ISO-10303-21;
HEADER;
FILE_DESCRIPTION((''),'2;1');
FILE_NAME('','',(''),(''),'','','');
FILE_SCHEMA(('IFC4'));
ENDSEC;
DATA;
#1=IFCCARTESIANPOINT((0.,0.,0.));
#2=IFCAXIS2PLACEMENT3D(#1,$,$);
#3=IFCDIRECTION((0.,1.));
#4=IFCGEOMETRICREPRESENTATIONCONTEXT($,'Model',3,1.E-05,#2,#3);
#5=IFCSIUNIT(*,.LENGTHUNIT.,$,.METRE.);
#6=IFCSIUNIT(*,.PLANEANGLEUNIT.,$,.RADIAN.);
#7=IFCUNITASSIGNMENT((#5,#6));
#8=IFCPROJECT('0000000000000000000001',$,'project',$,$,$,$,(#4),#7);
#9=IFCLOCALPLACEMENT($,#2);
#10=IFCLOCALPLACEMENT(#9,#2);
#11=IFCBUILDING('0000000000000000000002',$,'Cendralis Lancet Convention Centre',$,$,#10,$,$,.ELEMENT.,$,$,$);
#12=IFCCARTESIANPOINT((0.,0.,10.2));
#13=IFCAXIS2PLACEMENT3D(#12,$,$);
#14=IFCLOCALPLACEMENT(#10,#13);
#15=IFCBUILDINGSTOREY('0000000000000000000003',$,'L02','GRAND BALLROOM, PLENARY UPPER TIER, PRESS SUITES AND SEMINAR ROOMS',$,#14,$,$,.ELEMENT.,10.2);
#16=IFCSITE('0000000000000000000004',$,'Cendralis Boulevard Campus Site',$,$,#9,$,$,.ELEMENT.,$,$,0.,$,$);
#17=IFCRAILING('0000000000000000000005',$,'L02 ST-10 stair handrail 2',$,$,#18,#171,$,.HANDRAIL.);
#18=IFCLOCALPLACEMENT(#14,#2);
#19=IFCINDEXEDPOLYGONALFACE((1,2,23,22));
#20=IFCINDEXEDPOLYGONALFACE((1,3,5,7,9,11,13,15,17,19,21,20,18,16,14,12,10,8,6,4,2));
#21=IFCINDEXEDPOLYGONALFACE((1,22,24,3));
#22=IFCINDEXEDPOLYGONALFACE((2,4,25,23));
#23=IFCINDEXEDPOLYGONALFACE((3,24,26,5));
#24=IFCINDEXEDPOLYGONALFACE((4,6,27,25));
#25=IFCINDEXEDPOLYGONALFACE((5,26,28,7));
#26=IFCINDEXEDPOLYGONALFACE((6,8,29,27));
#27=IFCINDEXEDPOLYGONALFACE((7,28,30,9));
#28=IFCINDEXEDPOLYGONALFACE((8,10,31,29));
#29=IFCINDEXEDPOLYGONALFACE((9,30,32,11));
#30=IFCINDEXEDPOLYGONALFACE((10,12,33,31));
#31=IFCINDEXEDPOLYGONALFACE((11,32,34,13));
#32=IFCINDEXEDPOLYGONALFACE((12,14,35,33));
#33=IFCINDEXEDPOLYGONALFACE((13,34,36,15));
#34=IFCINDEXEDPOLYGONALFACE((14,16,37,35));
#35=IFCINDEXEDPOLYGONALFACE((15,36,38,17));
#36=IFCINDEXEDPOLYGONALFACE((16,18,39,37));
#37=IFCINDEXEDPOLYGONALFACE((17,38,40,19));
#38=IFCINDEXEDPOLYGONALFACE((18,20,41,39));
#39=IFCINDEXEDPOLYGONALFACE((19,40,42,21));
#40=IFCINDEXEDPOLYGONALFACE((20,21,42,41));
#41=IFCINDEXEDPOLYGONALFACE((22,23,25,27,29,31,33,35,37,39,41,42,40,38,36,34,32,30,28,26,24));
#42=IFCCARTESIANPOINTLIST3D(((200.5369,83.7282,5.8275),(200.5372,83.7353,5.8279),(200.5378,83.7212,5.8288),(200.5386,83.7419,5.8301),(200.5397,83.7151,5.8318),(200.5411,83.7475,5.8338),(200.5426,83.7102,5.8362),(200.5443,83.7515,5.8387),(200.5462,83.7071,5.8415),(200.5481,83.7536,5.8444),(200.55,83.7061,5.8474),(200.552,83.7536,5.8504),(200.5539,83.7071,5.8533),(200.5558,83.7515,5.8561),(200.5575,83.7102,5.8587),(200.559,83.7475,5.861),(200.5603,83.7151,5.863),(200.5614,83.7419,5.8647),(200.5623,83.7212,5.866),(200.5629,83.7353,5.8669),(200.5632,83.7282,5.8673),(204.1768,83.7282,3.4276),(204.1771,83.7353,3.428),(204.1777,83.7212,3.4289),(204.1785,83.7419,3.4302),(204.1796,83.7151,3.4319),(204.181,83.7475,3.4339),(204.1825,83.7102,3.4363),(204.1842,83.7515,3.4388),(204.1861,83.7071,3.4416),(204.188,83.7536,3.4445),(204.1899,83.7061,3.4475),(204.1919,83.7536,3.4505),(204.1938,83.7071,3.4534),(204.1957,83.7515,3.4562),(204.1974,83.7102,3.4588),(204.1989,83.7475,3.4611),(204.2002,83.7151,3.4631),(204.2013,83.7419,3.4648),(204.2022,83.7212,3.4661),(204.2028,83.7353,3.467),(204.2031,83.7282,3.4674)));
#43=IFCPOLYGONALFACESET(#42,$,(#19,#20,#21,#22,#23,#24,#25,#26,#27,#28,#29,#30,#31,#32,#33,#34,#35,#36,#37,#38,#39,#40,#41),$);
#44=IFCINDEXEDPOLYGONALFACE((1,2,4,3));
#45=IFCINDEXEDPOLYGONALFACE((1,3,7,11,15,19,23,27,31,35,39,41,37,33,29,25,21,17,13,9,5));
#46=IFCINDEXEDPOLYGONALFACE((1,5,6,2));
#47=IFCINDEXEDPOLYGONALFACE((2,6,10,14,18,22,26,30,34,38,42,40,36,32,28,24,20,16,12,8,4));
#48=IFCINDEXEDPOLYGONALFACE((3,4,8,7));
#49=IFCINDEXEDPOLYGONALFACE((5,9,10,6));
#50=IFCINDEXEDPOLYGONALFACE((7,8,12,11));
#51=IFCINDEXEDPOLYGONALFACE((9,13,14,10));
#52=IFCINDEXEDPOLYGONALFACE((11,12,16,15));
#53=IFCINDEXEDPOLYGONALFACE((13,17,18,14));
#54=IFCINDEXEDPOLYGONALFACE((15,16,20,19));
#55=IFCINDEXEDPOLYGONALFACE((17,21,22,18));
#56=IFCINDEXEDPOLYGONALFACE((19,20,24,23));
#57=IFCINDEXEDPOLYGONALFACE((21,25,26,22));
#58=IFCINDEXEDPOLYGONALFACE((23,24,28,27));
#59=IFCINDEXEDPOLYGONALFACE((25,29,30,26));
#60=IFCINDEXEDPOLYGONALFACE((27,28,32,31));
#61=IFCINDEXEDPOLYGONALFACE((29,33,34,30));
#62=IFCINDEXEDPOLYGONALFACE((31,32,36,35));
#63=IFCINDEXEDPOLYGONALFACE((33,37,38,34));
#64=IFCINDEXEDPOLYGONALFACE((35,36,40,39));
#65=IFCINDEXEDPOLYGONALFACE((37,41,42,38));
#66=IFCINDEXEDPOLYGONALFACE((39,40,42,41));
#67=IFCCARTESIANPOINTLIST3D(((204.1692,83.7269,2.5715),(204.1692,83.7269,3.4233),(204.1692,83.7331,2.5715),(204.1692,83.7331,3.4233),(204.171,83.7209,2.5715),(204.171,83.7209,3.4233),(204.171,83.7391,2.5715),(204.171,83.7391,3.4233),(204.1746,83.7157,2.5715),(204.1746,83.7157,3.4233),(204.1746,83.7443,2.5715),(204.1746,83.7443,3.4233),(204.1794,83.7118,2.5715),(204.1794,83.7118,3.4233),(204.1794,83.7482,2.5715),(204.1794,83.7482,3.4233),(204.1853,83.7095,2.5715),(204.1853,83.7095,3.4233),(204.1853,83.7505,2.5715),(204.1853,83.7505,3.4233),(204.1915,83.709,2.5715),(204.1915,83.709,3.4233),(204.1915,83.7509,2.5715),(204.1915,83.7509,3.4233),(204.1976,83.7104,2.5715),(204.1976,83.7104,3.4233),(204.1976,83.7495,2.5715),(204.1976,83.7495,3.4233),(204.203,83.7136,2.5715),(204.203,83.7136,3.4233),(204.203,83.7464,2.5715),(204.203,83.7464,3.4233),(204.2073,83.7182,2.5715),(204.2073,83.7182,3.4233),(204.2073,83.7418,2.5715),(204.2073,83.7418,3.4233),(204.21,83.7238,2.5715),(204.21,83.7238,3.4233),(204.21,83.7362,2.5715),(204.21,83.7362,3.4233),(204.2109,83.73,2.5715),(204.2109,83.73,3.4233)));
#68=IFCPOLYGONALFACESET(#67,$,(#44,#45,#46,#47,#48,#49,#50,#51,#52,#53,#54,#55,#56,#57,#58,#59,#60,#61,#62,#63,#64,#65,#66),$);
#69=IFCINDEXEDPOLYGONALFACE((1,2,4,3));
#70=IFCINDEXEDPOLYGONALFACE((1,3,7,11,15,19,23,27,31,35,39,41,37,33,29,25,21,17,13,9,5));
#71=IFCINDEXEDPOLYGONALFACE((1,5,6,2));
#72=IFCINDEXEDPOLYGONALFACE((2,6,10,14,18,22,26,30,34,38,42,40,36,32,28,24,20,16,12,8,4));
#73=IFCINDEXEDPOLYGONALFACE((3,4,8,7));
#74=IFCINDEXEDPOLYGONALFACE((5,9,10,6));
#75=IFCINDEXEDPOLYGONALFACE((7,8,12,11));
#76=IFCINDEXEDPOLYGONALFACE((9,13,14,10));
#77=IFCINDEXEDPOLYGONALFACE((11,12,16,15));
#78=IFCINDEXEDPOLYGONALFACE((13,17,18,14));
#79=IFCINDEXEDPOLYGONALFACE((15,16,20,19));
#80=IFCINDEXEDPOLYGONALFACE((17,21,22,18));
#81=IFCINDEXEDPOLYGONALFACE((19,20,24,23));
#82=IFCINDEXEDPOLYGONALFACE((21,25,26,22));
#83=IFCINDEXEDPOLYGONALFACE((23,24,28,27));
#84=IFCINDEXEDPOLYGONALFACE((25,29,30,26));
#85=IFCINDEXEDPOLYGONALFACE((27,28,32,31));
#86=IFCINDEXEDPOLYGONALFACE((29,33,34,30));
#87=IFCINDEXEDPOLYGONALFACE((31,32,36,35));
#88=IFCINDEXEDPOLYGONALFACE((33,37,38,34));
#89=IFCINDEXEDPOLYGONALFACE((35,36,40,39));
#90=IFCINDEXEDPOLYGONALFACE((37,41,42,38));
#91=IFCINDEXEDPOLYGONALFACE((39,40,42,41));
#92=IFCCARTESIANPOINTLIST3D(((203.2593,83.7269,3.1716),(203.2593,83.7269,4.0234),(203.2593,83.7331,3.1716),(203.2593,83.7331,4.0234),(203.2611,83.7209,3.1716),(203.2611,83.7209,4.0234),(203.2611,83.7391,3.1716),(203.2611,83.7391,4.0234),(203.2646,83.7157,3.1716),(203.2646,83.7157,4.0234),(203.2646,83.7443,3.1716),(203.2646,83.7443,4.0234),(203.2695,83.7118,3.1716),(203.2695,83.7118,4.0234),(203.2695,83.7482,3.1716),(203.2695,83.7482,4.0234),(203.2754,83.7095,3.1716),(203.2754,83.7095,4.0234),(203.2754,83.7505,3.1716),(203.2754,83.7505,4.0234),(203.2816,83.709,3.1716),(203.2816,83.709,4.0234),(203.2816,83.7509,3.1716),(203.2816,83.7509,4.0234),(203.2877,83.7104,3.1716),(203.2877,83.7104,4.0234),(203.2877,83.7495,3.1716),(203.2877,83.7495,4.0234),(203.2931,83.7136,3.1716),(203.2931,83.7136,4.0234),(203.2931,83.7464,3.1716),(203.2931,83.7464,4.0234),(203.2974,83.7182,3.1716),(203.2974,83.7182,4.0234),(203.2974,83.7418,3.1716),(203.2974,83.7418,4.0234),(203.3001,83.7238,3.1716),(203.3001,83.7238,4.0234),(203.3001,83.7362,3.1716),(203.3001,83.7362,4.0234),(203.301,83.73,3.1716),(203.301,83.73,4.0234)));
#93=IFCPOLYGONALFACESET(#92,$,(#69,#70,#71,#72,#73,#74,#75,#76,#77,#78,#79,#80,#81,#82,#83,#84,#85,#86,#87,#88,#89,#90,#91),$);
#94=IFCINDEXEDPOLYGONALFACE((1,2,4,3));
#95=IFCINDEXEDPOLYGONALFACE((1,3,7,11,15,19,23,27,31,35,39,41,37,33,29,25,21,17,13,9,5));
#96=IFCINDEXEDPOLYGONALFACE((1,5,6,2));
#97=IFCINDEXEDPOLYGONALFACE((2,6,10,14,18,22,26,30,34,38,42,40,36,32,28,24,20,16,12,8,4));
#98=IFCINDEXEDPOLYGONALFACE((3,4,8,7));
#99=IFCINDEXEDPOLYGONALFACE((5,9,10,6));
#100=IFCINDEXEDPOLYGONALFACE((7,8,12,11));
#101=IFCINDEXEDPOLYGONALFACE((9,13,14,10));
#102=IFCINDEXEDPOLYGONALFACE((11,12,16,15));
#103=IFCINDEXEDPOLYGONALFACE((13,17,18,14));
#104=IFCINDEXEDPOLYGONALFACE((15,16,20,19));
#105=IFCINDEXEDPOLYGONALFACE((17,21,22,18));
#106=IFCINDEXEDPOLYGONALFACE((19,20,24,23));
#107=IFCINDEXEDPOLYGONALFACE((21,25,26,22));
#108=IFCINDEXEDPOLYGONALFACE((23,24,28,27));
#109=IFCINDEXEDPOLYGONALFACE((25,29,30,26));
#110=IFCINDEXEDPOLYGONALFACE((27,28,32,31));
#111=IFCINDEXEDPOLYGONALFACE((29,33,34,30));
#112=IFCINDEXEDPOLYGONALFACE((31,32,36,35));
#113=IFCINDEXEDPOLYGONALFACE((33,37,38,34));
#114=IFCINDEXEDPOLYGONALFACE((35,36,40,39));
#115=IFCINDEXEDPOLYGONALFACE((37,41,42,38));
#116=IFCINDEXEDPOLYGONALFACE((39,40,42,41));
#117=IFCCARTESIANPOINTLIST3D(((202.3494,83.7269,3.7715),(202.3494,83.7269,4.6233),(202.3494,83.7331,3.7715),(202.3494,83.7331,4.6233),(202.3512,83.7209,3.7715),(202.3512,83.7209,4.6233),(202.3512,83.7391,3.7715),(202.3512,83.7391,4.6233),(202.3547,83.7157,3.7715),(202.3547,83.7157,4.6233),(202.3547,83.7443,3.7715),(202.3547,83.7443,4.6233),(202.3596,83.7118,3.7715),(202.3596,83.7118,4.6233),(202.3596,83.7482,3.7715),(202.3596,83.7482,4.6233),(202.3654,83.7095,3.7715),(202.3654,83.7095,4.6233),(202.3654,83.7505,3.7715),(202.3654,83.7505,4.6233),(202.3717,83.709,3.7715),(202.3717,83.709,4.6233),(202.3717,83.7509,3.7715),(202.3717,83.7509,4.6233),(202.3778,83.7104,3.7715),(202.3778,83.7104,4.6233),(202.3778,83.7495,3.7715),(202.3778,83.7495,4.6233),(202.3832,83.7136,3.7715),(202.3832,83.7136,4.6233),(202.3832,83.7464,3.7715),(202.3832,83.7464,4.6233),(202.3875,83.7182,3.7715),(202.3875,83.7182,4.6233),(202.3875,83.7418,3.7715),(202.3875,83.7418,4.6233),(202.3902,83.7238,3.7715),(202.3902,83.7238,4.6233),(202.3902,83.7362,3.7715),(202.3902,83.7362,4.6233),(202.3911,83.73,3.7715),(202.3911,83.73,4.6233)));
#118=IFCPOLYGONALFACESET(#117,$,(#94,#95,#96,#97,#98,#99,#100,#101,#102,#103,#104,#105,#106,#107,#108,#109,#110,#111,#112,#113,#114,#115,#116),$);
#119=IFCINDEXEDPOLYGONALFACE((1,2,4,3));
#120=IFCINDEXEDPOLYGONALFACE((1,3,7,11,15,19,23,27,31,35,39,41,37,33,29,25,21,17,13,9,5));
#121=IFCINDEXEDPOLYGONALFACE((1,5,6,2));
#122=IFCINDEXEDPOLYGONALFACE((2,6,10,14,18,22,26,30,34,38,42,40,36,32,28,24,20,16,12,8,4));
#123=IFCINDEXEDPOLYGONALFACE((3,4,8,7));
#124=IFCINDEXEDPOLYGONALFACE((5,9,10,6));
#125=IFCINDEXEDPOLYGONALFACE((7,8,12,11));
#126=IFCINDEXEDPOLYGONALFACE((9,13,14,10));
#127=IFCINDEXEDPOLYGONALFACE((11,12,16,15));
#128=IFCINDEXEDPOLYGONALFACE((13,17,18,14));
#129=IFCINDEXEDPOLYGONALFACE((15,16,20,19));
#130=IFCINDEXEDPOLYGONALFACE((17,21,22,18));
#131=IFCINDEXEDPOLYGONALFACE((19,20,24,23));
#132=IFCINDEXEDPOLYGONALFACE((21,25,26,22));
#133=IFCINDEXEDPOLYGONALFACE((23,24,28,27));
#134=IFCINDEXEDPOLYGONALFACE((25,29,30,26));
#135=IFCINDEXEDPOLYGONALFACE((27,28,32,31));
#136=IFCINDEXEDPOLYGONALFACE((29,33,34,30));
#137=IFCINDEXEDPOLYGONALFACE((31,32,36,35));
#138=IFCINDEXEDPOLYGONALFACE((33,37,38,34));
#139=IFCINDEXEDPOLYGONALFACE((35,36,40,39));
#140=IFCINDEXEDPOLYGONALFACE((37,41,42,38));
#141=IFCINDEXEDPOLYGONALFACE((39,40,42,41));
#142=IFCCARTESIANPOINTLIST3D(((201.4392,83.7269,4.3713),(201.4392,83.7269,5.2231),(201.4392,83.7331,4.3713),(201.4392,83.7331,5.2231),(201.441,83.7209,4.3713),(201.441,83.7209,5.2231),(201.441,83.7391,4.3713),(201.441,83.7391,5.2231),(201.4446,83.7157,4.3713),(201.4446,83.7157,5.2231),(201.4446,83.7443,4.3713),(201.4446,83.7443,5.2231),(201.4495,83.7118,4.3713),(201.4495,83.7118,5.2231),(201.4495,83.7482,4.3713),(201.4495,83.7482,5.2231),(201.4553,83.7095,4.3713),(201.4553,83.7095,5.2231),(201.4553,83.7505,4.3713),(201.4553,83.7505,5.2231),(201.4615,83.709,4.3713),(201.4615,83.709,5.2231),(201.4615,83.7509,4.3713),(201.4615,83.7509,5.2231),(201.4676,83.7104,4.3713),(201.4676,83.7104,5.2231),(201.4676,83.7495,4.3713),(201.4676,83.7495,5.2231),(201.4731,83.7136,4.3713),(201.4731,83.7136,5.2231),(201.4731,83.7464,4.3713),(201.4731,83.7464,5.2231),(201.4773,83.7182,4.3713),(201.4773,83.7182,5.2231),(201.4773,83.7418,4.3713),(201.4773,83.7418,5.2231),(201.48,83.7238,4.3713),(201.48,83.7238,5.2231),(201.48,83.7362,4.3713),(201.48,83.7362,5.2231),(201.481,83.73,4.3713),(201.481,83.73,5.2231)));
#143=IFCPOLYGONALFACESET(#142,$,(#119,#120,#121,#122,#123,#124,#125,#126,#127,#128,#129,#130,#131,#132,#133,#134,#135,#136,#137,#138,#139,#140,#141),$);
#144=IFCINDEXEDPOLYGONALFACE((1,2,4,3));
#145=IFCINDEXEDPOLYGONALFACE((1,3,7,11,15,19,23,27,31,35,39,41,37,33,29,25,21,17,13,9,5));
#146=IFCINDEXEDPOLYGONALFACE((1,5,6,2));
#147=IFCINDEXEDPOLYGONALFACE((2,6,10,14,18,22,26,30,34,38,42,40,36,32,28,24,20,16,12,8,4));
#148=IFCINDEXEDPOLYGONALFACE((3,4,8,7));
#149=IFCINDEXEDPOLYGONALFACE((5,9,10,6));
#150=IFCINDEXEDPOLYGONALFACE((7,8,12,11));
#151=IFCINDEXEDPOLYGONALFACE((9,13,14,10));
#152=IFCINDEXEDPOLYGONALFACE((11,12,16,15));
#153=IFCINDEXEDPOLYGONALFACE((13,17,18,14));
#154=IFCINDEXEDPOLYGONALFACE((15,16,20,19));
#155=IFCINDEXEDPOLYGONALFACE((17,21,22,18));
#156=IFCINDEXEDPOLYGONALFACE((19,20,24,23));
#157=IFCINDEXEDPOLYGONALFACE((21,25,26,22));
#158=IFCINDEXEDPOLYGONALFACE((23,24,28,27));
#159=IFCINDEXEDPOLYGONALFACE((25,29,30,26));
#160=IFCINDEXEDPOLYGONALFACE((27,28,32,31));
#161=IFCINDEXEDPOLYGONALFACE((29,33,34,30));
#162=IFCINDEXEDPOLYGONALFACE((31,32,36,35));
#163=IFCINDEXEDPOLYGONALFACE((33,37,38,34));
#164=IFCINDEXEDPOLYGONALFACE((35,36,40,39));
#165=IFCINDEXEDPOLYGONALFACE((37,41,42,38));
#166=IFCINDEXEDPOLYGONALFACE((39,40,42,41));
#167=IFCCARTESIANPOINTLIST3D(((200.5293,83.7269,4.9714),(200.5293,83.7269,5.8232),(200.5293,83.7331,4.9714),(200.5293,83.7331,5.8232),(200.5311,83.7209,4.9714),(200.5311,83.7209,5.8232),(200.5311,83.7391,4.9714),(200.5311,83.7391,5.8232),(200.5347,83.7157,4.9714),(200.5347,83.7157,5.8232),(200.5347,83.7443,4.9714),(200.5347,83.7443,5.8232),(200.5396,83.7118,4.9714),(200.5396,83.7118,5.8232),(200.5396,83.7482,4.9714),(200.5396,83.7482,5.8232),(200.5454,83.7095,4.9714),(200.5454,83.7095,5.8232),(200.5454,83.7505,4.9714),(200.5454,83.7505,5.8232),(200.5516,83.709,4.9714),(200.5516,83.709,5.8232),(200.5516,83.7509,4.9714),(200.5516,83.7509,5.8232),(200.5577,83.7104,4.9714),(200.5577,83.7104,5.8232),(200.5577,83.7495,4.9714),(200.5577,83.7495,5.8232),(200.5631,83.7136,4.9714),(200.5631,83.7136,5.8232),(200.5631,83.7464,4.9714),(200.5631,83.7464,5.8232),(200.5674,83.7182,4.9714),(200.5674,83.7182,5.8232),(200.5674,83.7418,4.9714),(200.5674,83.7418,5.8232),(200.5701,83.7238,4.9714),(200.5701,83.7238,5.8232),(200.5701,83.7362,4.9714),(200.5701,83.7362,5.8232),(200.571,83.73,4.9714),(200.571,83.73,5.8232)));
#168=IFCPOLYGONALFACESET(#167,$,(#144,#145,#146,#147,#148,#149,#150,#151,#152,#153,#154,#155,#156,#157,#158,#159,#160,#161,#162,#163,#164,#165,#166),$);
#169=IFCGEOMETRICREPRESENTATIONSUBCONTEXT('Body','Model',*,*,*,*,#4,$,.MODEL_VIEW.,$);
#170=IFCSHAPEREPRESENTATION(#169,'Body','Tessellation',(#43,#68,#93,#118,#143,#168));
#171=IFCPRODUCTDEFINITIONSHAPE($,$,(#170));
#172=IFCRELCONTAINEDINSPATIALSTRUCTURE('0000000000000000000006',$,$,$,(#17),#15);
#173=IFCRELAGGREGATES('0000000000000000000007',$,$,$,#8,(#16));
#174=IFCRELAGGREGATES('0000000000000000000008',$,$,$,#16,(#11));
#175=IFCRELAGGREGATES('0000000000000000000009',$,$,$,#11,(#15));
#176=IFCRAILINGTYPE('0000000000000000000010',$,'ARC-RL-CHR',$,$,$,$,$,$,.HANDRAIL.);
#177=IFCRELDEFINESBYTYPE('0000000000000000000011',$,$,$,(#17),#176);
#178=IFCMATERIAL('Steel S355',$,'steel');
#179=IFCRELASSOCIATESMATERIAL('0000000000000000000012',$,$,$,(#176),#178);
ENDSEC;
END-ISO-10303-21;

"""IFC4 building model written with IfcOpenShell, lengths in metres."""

from ifc_helpers import new_model, si_unit, direction, frame, origin, origin_2d, place, context, subcontext, project, spatial, circle, extrude, material, type_object, element, save


model = new_model("IFC4")

# Units and contexts
model_context = context("Model", 3, precision=1e-05, world=origin(), true_north=direction((0.0, 1.0)))
body_context = subcontext(model_context, "Body", "Model", "MODEL_VIEW")
ifc_project = project(units=[si_unit("LENGTHUNIT", "METRE"), si_unit("PLANEANGLEUNIT", "RADIAN")], contexts=[model_context])

# Site, building, storey
site_placement = place(None, origin())
site = spatial("IfcSite", under=ifc_project, at=site_placement, Name="Cendralis Boulevard Campus Site", CompositionType="ELEMENT", RefElevation=0.0)
building_placement = place(site_placement, origin())
building = spatial("IfcBuilding", under=site, at=building_placement, Name="Cendralis Lancet Convention Centre", CompositionType="ELEMENT")
storey_placement = place(building_placement, frame((0.0, 0.0, 10.2)))
storey = spatial("IfcBuildingStorey", under=building, at=storey_placement, Name="L02", Description="GRAND BALLROOM, PLENARY UPPER TIER, PRESS SUITES AND SEMINAR ROOMS", CompositionType="ELEMENT", Elevation=10.2)

# Shared definitions
ifc_material_1 = material(Name="Steel S355", Category="steel")

# Railing
railing_type_1 = type_object("IfcRailingType", Name="ARC-RL-CHR", PredefinedType="HANDRAIL", material=ifc_material_1)
railing_1_placement = place(storey_placement, frame((204.1899, 83.73, 2.5715)))
element("IfcRailing", 1, at=railing_1_placement, inside=storey, type_object=railing_type_1, Name="L02 ST-10 stair handrail 2", PredefinedType="HANDRAIL", context=body_context, shape_type="SweptSolid", body=[
    extrude(circle(Radius=0.0239, at=origin_2d()), frame((0.0, 0.0, 0.876), z_axis=(-0.834865, 0.0, 0.550454), x_axis=(0.0, -1.0, 0.0)), (0.0, 0.0, 1.0), 4.3599),
    extrude(circle(Radius=0.021, at=origin_2d()), origin(), (0.0, 0.0, 1.0), 0.8518),
    extrude(circle(Radius=0.021, at=origin_2d()), frame((-0.9099, 0.0, 0.6001)), (0.0, 0.0, 1.0), 0.8518),
    extrude(circle(Radius=0.021, at=origin_2d()), frame((-1.8198, 0.0, 1.2)), (0.0, 0.0, 1.0), 0.8518),
    extrude(circle(Radius=0.021, at=origin_2d()), frame((-2.73, 0.0, 1.7998)), (0.0, 0.0, 1.0), 0.8518),
    extrude(circle(Radius=0.021, at=origin_2d()), frame((-3.6399, 0.0, 2.3999)), (0.0, 0.0, 1.0), 0.8518),
])

save(model, "model.ifc")
